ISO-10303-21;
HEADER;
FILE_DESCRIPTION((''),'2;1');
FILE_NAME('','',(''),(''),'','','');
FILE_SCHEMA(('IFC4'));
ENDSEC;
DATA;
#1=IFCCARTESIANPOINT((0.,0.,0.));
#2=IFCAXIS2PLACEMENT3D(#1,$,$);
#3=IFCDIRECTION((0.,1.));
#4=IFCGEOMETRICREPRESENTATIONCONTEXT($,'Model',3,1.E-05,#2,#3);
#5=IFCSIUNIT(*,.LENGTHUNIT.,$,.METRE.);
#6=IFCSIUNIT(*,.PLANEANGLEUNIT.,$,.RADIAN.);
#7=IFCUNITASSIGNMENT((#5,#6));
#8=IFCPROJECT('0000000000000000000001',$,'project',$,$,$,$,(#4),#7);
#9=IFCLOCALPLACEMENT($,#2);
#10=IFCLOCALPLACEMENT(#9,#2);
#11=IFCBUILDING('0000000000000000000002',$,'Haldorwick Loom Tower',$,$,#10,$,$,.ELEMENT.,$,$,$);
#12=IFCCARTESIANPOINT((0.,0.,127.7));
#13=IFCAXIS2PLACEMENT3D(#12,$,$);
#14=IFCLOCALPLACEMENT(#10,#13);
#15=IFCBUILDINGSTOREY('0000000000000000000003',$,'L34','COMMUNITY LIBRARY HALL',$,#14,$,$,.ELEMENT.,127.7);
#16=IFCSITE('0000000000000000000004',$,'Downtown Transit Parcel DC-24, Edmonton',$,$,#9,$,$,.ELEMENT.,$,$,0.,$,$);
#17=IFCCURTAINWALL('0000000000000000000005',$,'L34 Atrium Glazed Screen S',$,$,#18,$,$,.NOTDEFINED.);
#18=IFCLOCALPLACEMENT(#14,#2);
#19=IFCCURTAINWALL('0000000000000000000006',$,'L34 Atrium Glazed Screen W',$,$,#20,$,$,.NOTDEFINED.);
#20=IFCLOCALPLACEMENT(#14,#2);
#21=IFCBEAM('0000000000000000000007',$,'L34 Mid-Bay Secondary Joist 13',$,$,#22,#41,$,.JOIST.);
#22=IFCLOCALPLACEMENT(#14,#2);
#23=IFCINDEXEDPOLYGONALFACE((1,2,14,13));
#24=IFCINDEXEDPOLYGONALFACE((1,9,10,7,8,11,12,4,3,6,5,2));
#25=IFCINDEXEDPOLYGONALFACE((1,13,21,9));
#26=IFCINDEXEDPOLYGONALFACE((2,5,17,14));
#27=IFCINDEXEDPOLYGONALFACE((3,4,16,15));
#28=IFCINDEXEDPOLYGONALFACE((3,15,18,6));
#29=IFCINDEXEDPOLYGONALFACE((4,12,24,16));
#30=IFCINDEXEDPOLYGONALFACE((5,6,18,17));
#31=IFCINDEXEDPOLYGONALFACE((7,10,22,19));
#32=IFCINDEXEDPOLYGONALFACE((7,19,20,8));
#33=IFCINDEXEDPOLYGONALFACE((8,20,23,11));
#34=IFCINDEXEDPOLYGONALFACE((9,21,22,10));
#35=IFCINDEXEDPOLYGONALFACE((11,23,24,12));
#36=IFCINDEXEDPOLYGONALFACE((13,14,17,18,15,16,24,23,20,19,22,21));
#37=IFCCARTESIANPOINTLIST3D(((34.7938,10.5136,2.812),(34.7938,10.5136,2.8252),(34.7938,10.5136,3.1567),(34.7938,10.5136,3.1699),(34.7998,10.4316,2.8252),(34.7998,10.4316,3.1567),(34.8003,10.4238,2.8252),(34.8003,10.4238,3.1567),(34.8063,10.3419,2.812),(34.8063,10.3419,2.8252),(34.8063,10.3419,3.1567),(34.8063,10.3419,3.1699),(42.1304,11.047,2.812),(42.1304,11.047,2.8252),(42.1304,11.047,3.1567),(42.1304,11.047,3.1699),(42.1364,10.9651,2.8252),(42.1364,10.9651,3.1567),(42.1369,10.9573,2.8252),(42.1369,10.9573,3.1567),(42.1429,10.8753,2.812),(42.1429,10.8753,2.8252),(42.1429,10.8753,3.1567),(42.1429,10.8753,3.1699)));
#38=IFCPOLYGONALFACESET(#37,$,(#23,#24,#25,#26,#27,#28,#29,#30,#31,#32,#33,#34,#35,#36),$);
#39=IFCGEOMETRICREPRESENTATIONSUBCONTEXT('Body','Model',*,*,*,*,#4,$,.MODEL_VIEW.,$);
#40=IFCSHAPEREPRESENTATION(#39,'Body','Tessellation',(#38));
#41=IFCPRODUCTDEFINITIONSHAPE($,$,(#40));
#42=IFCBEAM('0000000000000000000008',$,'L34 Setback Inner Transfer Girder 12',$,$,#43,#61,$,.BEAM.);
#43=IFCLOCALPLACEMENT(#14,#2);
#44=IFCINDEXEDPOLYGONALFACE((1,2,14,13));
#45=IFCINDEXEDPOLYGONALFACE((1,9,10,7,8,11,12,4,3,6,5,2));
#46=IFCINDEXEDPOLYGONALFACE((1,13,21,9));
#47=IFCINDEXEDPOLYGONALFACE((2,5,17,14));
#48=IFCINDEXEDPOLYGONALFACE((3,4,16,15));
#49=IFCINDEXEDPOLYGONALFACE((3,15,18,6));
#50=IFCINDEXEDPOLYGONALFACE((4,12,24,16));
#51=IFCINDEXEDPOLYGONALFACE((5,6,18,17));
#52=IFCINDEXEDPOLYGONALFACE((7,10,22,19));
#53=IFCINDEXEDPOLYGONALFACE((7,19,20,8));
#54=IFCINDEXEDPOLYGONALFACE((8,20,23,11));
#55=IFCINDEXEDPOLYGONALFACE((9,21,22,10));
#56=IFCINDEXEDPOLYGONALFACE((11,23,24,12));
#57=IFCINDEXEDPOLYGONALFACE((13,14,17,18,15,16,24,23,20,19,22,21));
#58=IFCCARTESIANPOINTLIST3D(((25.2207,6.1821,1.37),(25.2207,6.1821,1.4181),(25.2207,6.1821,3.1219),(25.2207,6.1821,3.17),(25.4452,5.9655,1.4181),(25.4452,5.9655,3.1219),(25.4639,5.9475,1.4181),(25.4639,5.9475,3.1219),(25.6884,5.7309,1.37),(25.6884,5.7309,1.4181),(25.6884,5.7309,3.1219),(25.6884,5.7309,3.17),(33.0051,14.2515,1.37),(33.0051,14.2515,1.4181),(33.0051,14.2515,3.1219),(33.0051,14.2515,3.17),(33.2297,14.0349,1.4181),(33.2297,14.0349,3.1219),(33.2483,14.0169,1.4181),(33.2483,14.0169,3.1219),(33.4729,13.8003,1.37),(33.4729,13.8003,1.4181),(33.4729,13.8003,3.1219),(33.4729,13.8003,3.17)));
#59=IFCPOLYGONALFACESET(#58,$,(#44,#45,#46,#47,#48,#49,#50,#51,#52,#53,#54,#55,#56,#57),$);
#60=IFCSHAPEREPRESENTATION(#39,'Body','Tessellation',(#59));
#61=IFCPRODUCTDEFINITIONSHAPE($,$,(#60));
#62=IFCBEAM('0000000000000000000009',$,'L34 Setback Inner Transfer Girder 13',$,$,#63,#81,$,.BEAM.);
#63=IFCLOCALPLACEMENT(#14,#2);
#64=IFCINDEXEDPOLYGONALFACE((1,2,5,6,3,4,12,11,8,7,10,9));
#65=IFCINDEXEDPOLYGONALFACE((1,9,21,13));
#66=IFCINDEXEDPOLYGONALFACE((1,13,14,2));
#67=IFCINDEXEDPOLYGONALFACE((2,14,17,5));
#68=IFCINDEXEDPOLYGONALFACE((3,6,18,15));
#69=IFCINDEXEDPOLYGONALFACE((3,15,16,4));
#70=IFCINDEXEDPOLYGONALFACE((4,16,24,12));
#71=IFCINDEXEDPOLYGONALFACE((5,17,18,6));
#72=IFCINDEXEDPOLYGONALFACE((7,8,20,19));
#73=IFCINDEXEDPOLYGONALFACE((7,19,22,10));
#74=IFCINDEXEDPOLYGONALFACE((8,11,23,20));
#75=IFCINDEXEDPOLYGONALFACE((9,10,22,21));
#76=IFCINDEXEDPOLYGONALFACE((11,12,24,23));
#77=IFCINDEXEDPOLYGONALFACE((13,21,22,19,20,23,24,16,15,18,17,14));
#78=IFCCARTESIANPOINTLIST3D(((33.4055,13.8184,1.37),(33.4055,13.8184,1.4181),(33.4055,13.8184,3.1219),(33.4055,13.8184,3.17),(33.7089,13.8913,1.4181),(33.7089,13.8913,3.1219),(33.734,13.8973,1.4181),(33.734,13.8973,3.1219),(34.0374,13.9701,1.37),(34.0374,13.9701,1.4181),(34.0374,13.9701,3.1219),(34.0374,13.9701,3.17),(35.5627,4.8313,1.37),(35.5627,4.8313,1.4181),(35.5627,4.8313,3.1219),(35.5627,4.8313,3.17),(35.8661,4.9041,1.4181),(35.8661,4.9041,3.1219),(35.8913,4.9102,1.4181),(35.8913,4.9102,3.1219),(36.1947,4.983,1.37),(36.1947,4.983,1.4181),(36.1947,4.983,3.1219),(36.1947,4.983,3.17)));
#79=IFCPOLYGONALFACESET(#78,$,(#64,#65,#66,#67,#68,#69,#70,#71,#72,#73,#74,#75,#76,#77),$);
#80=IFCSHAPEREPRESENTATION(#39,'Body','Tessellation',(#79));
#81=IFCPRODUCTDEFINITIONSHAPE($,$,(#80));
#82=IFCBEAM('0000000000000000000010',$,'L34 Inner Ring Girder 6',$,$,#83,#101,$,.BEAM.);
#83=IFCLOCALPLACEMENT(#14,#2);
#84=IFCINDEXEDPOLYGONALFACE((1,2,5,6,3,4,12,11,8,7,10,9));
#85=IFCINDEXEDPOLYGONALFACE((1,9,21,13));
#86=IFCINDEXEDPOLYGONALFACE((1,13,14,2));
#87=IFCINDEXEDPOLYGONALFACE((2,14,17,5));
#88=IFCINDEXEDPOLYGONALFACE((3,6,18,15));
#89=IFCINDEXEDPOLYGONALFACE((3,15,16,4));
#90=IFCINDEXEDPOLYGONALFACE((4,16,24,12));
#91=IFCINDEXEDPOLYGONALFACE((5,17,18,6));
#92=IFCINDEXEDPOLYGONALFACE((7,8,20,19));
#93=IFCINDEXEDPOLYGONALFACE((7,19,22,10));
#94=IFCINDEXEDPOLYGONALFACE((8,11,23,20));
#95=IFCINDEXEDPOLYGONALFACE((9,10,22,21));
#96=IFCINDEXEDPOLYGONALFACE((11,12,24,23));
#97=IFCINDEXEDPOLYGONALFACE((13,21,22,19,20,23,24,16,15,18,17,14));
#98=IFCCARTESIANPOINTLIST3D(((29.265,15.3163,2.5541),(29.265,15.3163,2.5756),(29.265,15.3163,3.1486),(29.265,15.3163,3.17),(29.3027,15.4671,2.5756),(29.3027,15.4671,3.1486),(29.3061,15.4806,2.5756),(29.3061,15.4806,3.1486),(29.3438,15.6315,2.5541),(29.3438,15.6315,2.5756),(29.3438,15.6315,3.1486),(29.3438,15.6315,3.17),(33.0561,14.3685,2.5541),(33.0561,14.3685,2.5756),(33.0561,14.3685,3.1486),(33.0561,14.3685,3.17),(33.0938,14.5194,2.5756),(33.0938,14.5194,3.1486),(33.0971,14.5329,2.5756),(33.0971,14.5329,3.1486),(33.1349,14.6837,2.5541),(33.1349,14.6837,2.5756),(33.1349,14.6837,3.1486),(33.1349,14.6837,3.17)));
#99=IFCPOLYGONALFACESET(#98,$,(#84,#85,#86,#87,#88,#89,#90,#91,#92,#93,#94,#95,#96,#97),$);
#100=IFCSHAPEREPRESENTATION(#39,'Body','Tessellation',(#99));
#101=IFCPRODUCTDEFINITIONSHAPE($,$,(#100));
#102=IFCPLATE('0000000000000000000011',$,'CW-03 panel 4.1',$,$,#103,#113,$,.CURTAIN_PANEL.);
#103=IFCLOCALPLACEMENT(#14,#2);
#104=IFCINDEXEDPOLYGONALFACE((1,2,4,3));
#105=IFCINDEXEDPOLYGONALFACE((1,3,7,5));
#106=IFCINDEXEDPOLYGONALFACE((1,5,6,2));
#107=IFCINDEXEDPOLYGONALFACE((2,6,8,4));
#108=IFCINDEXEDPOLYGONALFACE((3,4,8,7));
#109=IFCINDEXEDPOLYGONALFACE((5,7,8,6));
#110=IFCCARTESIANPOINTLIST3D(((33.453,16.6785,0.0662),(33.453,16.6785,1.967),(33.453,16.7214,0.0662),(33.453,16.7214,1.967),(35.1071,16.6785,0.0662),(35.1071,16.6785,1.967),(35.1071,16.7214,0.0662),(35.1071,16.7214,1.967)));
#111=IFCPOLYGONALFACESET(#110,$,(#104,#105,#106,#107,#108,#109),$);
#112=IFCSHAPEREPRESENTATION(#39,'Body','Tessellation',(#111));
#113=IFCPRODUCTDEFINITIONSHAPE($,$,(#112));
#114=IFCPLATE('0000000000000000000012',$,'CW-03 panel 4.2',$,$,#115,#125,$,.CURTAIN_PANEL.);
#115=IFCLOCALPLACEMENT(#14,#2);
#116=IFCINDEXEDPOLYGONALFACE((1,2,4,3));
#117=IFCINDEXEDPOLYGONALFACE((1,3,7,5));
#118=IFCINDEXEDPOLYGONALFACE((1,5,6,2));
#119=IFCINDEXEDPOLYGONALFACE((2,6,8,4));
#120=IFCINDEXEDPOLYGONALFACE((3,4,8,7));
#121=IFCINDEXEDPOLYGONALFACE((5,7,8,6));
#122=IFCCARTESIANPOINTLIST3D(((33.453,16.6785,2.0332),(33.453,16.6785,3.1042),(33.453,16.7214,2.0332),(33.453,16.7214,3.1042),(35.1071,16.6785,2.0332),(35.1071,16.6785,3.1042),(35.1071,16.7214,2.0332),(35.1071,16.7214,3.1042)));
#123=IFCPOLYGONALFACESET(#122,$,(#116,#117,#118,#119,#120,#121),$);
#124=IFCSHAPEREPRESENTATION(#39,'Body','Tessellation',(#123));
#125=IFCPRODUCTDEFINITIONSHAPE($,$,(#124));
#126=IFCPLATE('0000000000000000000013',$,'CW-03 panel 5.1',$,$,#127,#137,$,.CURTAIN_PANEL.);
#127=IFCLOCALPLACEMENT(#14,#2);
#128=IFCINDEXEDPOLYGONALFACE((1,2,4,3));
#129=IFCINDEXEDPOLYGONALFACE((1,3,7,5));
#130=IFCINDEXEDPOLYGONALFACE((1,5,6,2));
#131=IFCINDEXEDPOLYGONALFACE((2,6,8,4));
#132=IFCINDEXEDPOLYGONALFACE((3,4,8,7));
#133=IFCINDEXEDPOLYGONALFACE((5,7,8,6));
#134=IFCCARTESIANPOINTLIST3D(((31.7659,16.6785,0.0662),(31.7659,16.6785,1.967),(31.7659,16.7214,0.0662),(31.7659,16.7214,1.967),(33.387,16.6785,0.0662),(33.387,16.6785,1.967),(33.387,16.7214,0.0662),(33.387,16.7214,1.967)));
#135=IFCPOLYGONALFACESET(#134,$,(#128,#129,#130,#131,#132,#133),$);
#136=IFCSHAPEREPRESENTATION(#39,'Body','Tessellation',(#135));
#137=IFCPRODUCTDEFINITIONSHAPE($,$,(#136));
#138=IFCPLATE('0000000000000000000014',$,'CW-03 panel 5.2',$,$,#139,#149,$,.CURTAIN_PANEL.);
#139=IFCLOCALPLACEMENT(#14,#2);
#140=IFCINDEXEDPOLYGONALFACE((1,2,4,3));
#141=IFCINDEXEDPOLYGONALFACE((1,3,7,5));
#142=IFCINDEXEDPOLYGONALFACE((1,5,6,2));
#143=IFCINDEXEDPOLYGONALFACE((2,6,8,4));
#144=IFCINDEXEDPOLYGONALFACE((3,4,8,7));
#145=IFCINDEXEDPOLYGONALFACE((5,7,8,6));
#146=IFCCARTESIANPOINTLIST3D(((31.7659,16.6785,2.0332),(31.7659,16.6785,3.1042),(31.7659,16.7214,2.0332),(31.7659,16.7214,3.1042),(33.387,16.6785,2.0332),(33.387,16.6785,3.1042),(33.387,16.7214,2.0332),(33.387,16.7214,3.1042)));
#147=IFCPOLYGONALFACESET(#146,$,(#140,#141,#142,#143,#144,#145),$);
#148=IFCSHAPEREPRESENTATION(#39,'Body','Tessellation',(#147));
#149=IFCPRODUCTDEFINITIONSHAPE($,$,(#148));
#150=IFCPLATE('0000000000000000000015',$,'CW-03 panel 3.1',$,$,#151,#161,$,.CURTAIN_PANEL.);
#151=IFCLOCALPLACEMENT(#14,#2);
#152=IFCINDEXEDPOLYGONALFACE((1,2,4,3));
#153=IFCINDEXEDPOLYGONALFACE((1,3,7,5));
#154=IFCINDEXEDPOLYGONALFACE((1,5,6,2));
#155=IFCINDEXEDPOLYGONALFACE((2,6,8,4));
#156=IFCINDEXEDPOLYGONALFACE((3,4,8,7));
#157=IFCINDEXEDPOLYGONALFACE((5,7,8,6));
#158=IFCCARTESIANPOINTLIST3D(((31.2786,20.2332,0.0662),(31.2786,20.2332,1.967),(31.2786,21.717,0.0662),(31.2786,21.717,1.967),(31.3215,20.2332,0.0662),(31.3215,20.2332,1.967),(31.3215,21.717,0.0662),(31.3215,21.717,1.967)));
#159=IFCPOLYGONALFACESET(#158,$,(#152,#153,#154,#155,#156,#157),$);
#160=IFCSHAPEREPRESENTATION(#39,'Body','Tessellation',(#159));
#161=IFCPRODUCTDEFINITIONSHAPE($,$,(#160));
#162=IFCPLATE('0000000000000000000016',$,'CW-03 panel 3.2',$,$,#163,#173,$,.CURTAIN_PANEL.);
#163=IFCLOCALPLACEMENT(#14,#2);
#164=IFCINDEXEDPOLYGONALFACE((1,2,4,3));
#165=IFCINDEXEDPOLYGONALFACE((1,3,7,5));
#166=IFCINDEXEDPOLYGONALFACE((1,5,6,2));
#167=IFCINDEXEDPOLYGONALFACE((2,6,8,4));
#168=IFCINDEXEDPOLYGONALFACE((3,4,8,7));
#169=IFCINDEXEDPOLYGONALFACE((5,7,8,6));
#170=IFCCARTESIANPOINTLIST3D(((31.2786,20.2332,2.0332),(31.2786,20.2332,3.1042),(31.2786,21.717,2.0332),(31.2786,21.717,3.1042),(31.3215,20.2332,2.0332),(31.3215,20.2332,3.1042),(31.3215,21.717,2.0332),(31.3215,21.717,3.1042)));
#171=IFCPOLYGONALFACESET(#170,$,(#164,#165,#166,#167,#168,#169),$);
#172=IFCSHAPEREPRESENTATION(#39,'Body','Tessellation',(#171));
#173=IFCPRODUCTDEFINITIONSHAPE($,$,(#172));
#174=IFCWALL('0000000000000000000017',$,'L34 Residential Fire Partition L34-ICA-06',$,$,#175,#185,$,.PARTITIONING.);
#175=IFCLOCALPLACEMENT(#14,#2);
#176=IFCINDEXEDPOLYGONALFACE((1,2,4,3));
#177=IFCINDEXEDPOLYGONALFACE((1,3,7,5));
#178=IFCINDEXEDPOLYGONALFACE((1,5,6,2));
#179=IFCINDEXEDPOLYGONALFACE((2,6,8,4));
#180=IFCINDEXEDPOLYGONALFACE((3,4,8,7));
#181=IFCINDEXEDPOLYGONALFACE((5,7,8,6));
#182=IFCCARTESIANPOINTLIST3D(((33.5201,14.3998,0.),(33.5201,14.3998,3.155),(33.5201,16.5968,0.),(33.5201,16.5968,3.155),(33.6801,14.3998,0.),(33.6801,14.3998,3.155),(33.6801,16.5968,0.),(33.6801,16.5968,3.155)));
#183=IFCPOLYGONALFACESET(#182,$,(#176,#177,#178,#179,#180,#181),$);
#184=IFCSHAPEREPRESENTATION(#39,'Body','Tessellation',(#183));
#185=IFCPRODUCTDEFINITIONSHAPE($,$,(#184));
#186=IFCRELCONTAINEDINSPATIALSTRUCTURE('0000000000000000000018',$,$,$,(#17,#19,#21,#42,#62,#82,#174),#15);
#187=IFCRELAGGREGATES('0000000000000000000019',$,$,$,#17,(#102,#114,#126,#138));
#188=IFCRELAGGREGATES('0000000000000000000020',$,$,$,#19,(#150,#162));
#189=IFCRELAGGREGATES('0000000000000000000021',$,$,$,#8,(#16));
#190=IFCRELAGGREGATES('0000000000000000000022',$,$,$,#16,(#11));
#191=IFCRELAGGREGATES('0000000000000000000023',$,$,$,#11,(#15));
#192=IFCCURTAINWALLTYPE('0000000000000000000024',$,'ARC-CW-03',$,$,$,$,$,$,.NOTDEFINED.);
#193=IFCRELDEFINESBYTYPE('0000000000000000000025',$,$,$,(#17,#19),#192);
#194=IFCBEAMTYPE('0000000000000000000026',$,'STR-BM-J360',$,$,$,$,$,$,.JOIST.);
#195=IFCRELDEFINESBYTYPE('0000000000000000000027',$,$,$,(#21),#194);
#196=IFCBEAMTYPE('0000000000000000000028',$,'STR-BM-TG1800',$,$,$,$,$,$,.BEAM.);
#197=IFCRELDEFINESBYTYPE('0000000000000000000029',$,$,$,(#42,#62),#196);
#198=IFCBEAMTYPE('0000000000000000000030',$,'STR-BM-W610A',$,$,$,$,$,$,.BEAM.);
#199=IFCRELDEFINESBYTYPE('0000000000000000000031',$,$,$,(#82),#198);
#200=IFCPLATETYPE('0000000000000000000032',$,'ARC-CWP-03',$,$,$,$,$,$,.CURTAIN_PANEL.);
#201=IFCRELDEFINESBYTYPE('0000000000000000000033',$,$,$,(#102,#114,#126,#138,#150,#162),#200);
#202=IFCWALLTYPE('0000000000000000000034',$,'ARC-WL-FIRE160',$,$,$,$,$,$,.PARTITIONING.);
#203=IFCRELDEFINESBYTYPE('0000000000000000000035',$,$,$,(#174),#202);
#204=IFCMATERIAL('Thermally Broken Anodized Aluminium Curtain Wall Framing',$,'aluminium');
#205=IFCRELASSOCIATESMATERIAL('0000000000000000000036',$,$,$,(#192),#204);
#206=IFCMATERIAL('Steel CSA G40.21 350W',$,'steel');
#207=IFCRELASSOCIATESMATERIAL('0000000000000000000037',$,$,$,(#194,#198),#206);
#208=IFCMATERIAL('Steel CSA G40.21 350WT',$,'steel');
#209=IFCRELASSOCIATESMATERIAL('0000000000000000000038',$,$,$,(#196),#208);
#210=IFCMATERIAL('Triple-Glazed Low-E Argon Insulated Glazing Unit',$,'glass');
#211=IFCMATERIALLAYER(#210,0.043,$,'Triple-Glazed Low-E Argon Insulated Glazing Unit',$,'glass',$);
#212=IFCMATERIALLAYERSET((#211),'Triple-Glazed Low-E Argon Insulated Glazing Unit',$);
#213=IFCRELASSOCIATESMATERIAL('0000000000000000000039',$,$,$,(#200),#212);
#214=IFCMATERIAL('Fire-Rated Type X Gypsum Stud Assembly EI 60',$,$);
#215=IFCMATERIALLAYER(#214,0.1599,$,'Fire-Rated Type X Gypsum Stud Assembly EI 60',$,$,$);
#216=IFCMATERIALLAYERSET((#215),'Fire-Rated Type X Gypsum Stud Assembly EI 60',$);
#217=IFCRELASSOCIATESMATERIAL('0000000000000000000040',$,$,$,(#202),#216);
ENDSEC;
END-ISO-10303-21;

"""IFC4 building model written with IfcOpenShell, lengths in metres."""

from ifc_helpers import new_model, si_unit, direction, frame, frame_2d, origin, origin_2d, place, context, subcontext, project, spatial, rectangle, i_section, extrude, material, layer, layer_set, material_profile, profile_set, type_object, element, aggregate, save


model = new_model("IFC4")

# Units and contexts
model_context = context("Model", 3, precision=1e-05, world=origin(), true_north=direction((0.0, 1.0)))
body_context = subcontext(model_context, "Body", "Model", "MODEL_VIEW")
ifc_project = project(units=[si_unit("LENGTHUNIT", "METRE"), si_unit("PLANEANGLEUNIT", "RADIAN")], contexts=[model_context])

# Site, building, storey
site_placement = place(None, origin())
site = spatial("IfcSite", under=ifc_project, at=site_placement, Name="Downtown Transit Parcel DC-24, Edmonton", CompositionType="ELEMENT", RefElevation=0.0)
building_placement = place(site_placement, origin())
building = spatial("IfcBuilding", under=site, at=building_placement, Name="Haldorwick Loom Tower", CompositionType="ELEMENT")
storey_placement = place(building_placement, frame((0.0, 0.0, 127.7)))
storey = spatial("IfcBuildingStorey", under=building, at=storey_placement, Name="L34", Description="COMMUNITY LIBRARY HALL", CompositionType="ELEMENT", Elevation=127.7)

# Curtain walls
ifc_material_1 = material(Name="Thermally Broken Anodized Aluminium Curtain Wall Framing", Category="aluminium")
curtain_wall_type = type_object("IfcCurtainWallType", Name="ARC-CW-03", PredefinedType="NOTDEFINED", material=ifc_material_1)
curtain_wall_1_placement = place(storey_placement, origin())
curtain_wall_1 = element("IfcCurtainWall", 1, at=curtain_wall_1_placement, inside=storey, type_object=curtain_wall_type, Name="L34 Atrium Glazed Screen S", PredefinedType="NOTDEFINED")
curtain_wall_2_placement = place(storey_placement, origin())
curtain_wall_2 = element("IfcCurtainWall", 2, at=curtain_wall_2_placement, inside=storey, type_object=curtain_wall_type, Name="L34 Atrium Glazed Screen W", PredefinedType="NOTDEFINED")

# Beams
ifc_material_2 = material(Name="Steel CSA G40.21 350W", Category="steel")
ifc_material_profile_1 = material_profile(ifc_material_2, i_section(OverallWidth=0.1721, OverallDepth=0.3579, WebThickness=0.0078, FlangeThickness=0.0132, at=origin_2d()), Name="W360X57", Category="steel")
ifc_profile_set_1 = profile_set([ifc_material_profile_1], Name="Steel CSA G40.21 350W")
beam_type_1 = type_object("IfcBeamType", Name="STR-BM-J360", PredefinedType="JOIST", material=ifc_profile_set_1)
beam_1_placement = place(storey_placement, frame((34.8, 10.4277, 2.991), z_axis=(0.997367, 0.072518, 0.0), x_axis=(-0.072518, 0.997367, 0.0)))
element("IfcBeam", 3, at=beam_1_placement, inside=storey, type_object=beam_type_1, Name="L34 Mid-Bay Secondary Joist 13", PredefinedType="JOIST", context=body_context, shape_type="SweptSolid", body=[
    extrude(i_section(OverallWidth=0.1721, OverallDepth=0.3579, WebThickness=0.0078, FlangeThickness=0.0132, at=origin_2d()), origin(), (0.0, 0.0, 1.0), 7.356),
])
ifc_material_3 = material(Name="Steel CSA G40.21 350WT", Category="steel")
ifc_material_profile_2 = material_profile(ifc_material_3, i_section(OverallWidth=0.6499, OverallDepth=1.8, WebThickness=0.0259, FlangeThickness=0.0481, at=origin_2d()), Name="WWF1800X650", Category="steel")
ifc_profile_set_2 = profile_set([ifc_material_profile_2], Name="Steel CSA G40.21 350WT")
beam_type_2 = type_object("IfcBeamType", Name="STR-BM-TG1800", PredefinedType="BEAM", material=ifc_profile_set_2)
beam_2_placement = place(storey_placement, frame((33.239, 14.0259, 2.27), z_axis=(-0.694287, -0.719698, 0.0), x_axis=(0.719698, -0.694287, 0.0)))
element("IfcBeam", 4, at=beam_2_placement, inside=storey, type_object=beam_type_2, Name="L34 Setback Inner Transfer Girder 12", PredefinedType="BEAM", context=body_context, shape_type="SweptSolid", body=[
    extrude(i_section(OverallWidth=0.6499, OverallDepth=1.8, WebThickness=0.0259, FlangeThickness=0.0481, at=origin_2d()), origin(), (0.0, 0.0, 1.0), 11.2122),
])
beam_3_placement = place(storey_placement, frame((33.7214, 13.8943, 2.27), z_axis=(0.233407, -0.972379, 0.0), x_axis=(0.972379, 0.233407, 0.0)))
element("IfcBeam", 5, at=beam_3_placement, inside=storey, type_object=beam_type_2, Name="L34 Setback Inner Transfer Girder 13", PredefinedType="BEAM", context=body_context, shape_type="SweptSolid", body=[
    extrude(i_section(OverallWidth=0.6499, OverallDepth=1.8, WebThickness=0.0259, FlangeThickness=0.0481, at=origin_2d()), origin(), (0.0, 0.0, 1.0), 9.2424),
])
ifc_material_profile_3 = material_profile(ifc_material_2, i_section(OverallWidth=0.325, OverallDepth=0.616, WebThickness=0.0139, FlangeThickness=0.0215, at=origin_2d()), Name="W610X174", Category="steel")
ifc_profile_set_3 = profile_set([ifc_material_profile_3], Name="Steel CSA G40.21 350W")
beam_type_3 = type_object("IfcBeamType", Name="STR-BM-W610A", PredefinedType="BEAM", material=ifc_profile_set_3)
beam_4_placement = place(storey_placement, frame((33.0955, 14.5261, 2.8621), z_axis=(-0.970143, 0.242536, 0.0), x_axis=(-0.242536, -0.970143, 0.0)))
element("IfcBeam", 6, at=beam_4_placement, inside=storey, type_object=beam_type_3, Name="L34 Inner Ring Girder 6", PredefinedType="BEAM", context=body_context, shape_type="SweptSolid", body=[
    extrude(i_section(OverallWidth=0.325, OverallDepth=0.616, WebThickness=0.0139, FlangeThickness=0.0215, at=origin_2d()), origin(), (0.0, 0.0, 1.0), 3.9077),
])

# Plates
ifc_material_4 = material(Name="Triple-Glazed Low-E Argon Insulated Glazing Unit", Category="glass")
ifc_layer_1 = layer(ifc_material_4, 0.043, Name="Triple-Glazed Low-E Argon Insulated Glazing Unit", Category="glass")
ifc_layer_set_1 = layer_set([ifc_layer_1], Name="Triple-Glazed Low-E Argon Insulated Glazing Unit")
plate_type = type_object("IfcPlateType", Name="ARC-CWP-03", PredefinedType="CURTAIN_PANEL", material=ifc_layer_set_1)
plate_1_placement = place(storey_placement, frame((34.28, 16.7, 0.0662), z_axis=(0.0, 0.0, 1.0), x_axis=(-1.0, 0.0, 0.0)))
plate_1 = element("IfcPlate", 7, at=plate_1_placement, type_object=plate_type, Name="CW-03 panel 4.1", PredefinedType="CURTAIN_PANEL", context=body_context, shape_type="SweptSolid", body=[
    extrude(rectangle(XDim=1.6541, YDim=0.043, at=origin_2d()), origin(), (0.0, 0.0, 1.0), 1.9009),
])
plate_2_placement = place(storey_placement, frame((34.28, 16.7, 2.0332), z_axis=(0.0, 0.0, 1.0), x_axis=(-1.0, 0.0, 0.0)))
plate_2 = element("IfcPlate", 8, at=plate_2_placement, type_object=plate_type, Name="CW-03 panel 4.2", PredefinedType="CURTAIN_PANEL", context=body_context, shape_type="SweptSolid", body=[
    extrude(rectangle(XDim=1.6541, YDim=0.043, at=origin_2d()), origin(), (0.0, 0.0, 1.0), 1.071),
])
plate_3_placement = place(storey_placement, frame((32.5764, 16.7, 0.0662), z_axis=(0.0, 0.0, 1.0), x_axis=(-1.0, 0.0, 0.0)))
plate_3 = element("IfcPlate", 9, at=plate_3_placement, type_object=plate_type, Name="CW-03 panel 5.1", PredefinedType="CURTAIN_PANEL", context=body_context, shape_type="SweptSolid", body=[
    extrude(rectangle(XDim=1.6211, YDim=0.043, at=origin_2d()), origin(), (0.0, 0.0, 1.0), 1.9009),
])
plate_4_placement = place(storey_placement, frame((32.5764, 16.7, 2.0332), z_axis=(0.0, 0.0, 1.0), x_axis=(-1.0, 0.0, 0.0)))
plate_4 = element("IfcPlate", 10, at=plate_4_placement, type_object=plate_type, Name="CW-03 panel 5.2", PredefinedType="CURTAIN_PANEL", context=body_context, shape_type="SweptSolid", body=[
    extrude(rectangle(XDim=1.6211, YDim=0.043, at=origin_2d()), origin(), (0.0, 0.0, 1.0), 1.071),
])
aggregate(curtain_wall_1, [plate_1, plate_2, plate_3, plate_4])
plate_5_placement = place(storey_placement, frame((31.3, 20.9751, 0.0662), z_axis=(0.0, 0.0, 1.0), x_axis=(0.0, 1.0, 0.0)))
plate_5 = element("IfcPlate", 11, at=plate_5_placement, type_object=plate_type, Name="CW-03 panel 3.1", PredefinedType="CURTAIN_PANEL", context=body_context, shape_type="SweptSolid", body=[
    extrude(rectangle(XDim=1.4839, YDim=0.043, at=origin_2d()), origin(), (0.0, 0.0, 1.0), 1.9009),
])
plate_6_placement = place(storey_placement, frame((31.3, 20.9751, 2.0332), z_axis=(0.0, 0.0, 1.0), x_axis=(0.0, 1.0, 0.0)))
plate_6 = element("IfcPlate", 12, at=plate_6_placement, type_object=plate_type, Name="CW-03 panel 3.2", PredefinedType="CURTAIN_PANEL", context=body_context, shape_type="SweptSolid", body=[
    extrude(rectangle(XDim=1.4839, YDim=0.043, at=origin_2d()), origin(), (0.0, 0.0, 1.0), 1.071),
])
aggregate(curtain_wall_2, [plate_5, plate_6])

# Wall
ifc_material_5 = material(Name="Fire-Rated Type X Gypsum Stud Assembly EI 60")
ifc_layer_2 = layer(ifc_material_5, 0.1599, Name="Fire-Rated Type X Gypsum Stud Assembly EI 60")
ifc_layer_set_2 = layer_set([ifc_layer_2], Name="Fire-Rated Type X Gypsum Stud Assembly EI 60")
wall_type = type_object("IfcWallType", Name="ARC-WL-FIRE160", PredefinedType="PARTITIONING", material=ifc_layer_set_2)
wall_placement = place(storey_placement, frame((33.6001, 16.5969, 0.0), z_axis=(0.0, 0.0, 1.0), x_axis=(0.0, -1.0, 0.0)))
element("IfcWall", 13, at=wall_placement, inside=storey, type_object=wall_type, Name="L34 Residential Fire Partition L34-ICA-06", PredefinedType="PARTITIONING", context=body_context, shape_type="SweptSolid", body=[
    extrude(rectangle(XDim=2.197, YDim=0.1599, at=frame_2d((1.0986, 0.0))), origin(), (0.0, 0.0, 1.0), 3.155),
])

save(model, "model.ifc")
